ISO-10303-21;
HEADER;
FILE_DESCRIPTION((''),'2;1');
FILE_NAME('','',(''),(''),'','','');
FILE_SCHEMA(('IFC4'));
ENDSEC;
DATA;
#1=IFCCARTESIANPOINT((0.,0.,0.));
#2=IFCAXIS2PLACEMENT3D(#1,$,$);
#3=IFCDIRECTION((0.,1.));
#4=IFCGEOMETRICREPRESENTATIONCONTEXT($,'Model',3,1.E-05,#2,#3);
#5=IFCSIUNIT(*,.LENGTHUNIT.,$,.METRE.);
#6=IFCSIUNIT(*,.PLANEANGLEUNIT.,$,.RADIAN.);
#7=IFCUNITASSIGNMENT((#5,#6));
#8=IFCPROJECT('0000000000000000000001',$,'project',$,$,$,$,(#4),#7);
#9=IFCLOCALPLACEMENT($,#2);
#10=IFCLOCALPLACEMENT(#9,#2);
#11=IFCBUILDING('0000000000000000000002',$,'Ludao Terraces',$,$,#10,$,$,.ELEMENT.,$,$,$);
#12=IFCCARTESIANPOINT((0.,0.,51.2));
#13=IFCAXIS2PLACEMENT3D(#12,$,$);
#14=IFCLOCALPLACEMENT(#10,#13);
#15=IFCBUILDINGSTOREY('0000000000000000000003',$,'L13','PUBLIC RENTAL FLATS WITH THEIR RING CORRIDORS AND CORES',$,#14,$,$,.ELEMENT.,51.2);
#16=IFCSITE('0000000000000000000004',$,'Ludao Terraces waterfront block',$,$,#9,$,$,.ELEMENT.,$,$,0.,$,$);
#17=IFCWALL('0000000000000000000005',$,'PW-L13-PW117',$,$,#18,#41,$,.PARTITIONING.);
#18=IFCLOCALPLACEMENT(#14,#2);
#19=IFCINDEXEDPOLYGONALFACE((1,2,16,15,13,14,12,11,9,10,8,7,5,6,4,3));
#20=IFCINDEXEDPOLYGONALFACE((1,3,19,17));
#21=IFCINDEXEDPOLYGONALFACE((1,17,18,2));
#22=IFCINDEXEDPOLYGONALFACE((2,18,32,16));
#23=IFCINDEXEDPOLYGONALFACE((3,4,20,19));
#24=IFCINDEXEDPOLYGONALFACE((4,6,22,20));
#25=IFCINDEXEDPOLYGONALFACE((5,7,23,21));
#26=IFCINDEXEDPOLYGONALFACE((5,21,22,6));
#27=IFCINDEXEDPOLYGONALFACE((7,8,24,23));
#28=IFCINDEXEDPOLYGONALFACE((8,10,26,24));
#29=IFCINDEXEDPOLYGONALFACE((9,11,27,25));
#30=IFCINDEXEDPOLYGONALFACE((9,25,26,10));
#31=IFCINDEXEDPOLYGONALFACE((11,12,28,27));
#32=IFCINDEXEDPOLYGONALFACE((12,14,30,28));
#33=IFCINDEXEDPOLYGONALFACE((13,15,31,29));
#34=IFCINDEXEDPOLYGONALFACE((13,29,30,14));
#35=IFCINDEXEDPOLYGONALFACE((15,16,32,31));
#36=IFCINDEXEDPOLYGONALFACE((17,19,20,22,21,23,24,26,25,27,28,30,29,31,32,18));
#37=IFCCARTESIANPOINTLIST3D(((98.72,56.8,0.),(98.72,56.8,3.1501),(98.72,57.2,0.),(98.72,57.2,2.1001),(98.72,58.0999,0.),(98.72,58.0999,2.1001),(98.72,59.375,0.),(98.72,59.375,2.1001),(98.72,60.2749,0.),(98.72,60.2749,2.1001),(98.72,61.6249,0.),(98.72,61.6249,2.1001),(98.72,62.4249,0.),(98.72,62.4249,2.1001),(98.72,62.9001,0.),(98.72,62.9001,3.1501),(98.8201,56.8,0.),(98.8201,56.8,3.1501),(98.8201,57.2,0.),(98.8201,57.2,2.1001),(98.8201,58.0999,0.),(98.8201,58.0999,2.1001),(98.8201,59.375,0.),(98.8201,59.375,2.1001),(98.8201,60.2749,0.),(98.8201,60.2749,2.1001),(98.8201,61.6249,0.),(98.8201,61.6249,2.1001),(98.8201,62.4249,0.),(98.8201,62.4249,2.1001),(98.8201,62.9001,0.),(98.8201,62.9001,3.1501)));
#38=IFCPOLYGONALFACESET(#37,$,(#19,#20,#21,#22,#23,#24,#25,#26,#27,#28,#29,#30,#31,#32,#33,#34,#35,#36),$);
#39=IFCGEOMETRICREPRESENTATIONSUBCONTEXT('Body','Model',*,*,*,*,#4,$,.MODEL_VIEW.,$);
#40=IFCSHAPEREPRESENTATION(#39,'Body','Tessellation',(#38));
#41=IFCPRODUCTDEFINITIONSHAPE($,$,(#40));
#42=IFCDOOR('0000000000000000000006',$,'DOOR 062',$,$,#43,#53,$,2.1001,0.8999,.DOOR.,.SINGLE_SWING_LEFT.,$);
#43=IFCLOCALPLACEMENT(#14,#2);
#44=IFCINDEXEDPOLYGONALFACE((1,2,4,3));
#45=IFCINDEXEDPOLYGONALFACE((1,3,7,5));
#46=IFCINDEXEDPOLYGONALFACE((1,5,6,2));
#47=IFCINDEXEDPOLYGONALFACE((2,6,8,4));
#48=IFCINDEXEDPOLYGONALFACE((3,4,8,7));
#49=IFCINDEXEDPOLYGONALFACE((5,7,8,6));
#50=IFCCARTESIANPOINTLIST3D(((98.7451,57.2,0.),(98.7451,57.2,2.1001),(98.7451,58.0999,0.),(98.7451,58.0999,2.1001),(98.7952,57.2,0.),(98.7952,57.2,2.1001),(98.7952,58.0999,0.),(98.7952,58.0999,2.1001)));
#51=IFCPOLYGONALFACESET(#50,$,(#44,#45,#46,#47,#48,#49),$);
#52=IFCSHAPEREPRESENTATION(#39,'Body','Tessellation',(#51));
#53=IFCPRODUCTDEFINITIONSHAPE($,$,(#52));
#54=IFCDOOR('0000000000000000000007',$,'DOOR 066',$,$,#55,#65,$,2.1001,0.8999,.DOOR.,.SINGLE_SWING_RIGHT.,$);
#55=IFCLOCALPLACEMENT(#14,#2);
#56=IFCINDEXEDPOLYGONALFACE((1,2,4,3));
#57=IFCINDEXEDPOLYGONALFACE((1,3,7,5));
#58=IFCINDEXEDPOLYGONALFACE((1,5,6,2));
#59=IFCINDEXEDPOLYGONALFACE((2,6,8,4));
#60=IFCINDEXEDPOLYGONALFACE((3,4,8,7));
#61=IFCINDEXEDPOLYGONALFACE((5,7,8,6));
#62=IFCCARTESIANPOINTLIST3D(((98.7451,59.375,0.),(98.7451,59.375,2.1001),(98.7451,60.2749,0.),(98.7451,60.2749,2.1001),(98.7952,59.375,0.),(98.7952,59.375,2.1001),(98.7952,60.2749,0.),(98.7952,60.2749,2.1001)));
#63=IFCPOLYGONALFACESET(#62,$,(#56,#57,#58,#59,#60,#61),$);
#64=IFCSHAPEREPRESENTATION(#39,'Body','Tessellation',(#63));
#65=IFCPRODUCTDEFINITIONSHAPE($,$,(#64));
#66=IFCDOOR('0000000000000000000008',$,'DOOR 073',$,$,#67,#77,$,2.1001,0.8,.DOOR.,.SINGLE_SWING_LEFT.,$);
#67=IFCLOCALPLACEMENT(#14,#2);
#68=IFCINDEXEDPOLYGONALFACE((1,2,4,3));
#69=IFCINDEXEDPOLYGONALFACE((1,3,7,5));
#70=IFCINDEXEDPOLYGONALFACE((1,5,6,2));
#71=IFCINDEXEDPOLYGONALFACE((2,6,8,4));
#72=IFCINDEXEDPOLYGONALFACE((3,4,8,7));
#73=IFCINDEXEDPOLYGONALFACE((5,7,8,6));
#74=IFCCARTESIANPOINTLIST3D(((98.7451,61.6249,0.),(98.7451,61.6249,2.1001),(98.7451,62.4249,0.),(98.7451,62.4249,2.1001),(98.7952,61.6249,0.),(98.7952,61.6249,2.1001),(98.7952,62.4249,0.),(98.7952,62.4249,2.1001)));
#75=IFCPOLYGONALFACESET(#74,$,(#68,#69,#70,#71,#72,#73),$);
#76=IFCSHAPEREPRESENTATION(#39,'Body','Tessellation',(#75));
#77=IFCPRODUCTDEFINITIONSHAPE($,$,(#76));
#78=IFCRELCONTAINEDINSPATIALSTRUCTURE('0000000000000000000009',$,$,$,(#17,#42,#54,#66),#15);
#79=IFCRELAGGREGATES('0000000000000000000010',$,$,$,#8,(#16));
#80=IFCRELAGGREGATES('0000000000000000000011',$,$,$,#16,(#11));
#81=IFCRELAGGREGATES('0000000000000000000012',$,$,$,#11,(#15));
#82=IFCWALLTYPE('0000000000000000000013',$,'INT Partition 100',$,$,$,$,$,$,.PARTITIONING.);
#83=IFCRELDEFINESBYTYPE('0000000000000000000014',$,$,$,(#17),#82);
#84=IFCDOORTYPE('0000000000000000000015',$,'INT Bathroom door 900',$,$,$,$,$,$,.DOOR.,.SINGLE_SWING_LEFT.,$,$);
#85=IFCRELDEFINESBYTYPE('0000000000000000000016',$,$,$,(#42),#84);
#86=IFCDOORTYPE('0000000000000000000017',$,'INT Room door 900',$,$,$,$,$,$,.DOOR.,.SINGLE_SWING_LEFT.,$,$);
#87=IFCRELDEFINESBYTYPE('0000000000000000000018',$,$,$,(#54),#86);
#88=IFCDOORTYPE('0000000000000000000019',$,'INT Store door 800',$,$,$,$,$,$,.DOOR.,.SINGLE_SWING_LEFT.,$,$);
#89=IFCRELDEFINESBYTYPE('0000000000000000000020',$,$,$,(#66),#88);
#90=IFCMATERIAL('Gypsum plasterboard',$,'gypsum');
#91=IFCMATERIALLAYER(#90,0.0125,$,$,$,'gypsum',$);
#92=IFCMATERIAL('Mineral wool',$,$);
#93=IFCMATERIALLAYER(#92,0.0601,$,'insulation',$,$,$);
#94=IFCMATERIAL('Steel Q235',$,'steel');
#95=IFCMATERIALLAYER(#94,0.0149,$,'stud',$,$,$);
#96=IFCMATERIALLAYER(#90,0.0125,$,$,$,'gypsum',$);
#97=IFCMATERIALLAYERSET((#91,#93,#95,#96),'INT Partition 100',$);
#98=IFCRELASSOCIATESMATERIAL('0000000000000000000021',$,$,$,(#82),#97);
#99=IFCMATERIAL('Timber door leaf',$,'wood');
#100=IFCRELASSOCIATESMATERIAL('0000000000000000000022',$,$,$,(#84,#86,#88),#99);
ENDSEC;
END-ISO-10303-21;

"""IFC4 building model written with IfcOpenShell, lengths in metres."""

from ifc_helpers import new_model, si_unit, direction, frame, frame_2d, origin, place, context, subcontext, project, spatial, rectangle, extrude, material, layer, layer_set, type_object, element, fill, save


model = new_model("IFC4")

# Units and contexts
model_context = context("Model", 3, precision=1e-05, world=origin(), true_north=direction((0.0, 1.0)))
body_context = subcontext(model_context, "Body", "Model", "MODEL_VIEW")
ifc_project = project(units=[si_unit("LENGTHUNIT", "METRE"), si_unit("PLANEANGLEUNIT", "RADIAN")], contexts=[model_context])

# Site, building, storey
site_placement = place(None, origin())
site = spatial("IfcSite", under=ifc_project, at=site_placement, Name="Ludao Terraces waterfront block", CompositionType="ELEMENT", RefElevation=0.0)
building_placement = place(site_placement, origin())
building = spatial("IfcBuilding", under=site, at=building_placement, Name="Ludao Terraces", CompositionType="ELEMENT")
storey_placement = place(building_placement, frame((0.0, 0.0, 51.2)))
storey = spatial("IfcBuildingStorey", under=building, at=storey_placement, Name="L13", Description="PUBLIC RENTAL FLATS WITH THEIR RING CORRIDORS AND CORES", CompositionType="ELEMENT", Elevation=51.2)

# Shared definitions
ifc_material_1 = material(Name="Steel Q235", Category="steel")

# Shared definitions
ifc_material_2 = material(Name="Gypsum plasterboard", Category="gypsum")
ifc_layer_1 = layer(ifc_material_2, 0.0125, Category="gypsum")
ifc_material_3 = material(Name="Mineral wool")
ifc_layer_2 = layer(ifc_material_3, 0.0601, Name="insulation")
ifc_layer_3 = layer(ifc_material_1, 0.0149, Name="stud")
ifc_layer_4 = layer(ifc_material_2, 0.0125, Category="gypsum")
ifc_layer_set_1 = layer_set([ifc_layer_1, ifc_layer_2, ifc_layer_3, ifc_layer_4], Name="INT Partition 100")
wall_type_1 = type_object("IfcWallType", Name="INT Partition 100", PredefinedType="PARTITIONING", material=ifc_layer_set_1)

# Wall, openings, doors
wall_1_placement = place(storey_placement, frame((98.77, 56.8, 0.0), z_axis=(0.0, 0.0, 1.0), x_axis=(0.0, 1.0, 0.0)))
wall_1 = element("IfcWall", 1, at=wall_1_placement, inside=storey, type_object=wall_type_1, Name="PW-L13-PW117", PredefinedType="PARTITIONING", context=body_context, shape_type="SweptSolid", body=[
    extrude(rectangle(XDim=6.1001, YDim=0.1001, at=frame_2d((3.05, 0.0))), origin(), (0.0, 0.0, 1.0), 3.1501),
])
opening_1_placement = place(wall_1_placement, frame((0.3999, 0.0, 0.0)))
opening_1 = element("IfcOpeningElement", 2, at=opening_1_placement, cuts=wall_1, PredefinedType="OPENING", context=body_context, shape_type="SweptSolid", body=[
    extrude(rectangle(XDim=0.8999, YDim=2.1001, at=frame_2d((0.45, 1.05))), frame((0.0, 0.0601, 0.0), z_axis=(0.0, -1.0, 0.0), x_axis=(1.0, 0.0, 0.0)), (0.0, 0.0, 1.0), 0.1201),
])
opening_2_placement = place(wall_1_placement, frame((2.575, 0.0, 0.0)))
opening_2 = element("IfcOpeningElement", 3, at=opening_2_placement, cuts=wall_1, PredefinedType="OPENING", context=body_context, shape_type="SweptSolid", body=[
    extrude(rectangle(XDim=0.8999, YDim=2.1001, at=frame_2d((0.45, 1.05))), frame((0.0, 0.0601, 0.0), z_axis=(0.0, -1.0, 0.0), x_axis=(1.0, 0.0, 0.0)), (0.0, 0.0, 1.0), 0.1201),
])
opening_3_placement = place(wall_1_placement, frame((4.825, 0.0, 0.0)))
opening_3 = element("IfcOpeningElement", 4, at=opening_3_placement, cuts=wall_1, PredefinedType="OPENING", context=body_context, shape_type="SweptSolid", body=[
    extrude(rectangle(XDim=0.8, YDim=2.1001, at=frame_2d((0.3999, 1.05))), frame((0.0, 0.0601, 0.0), z_axis=(0.0, -1.0, 0.0), x_axis=(1.0, 0.0, 0.0)), (0.0, 0.0, 1.0), 0.1201),
])
ifc_material_4 = material(Name="Timber door leaf", Category="wood")
door_type_1 = type_object("IfcDoorType", Name="INT Bathroom door 900", OperationType="SINGLE_SWING_LEFT", PredefinedType="DOOR", material=ifc_material_4)
door_1_placement = place(opening_1_placement, origin())
door_1 = element("IfcDoor", 5, at=door_1_placement, inside=storey, type_object=door_type_1, Name="DOOR 062", OperationType="SINGLE_SWING_LEFT", OverallHeight=2.1001, OverallWidth=0.8999, PredefinedType="DOOR", context=body_context, shape_type="SweptSolid", body=[
    extrude(rectangle(XDim=0.8999, YDim=2.1001, at=frame_2d((0.45, 1.05))), frame((0.0, 0.0249, 0.0), z_axis=(0.0, -1.0, 0.0), x_axis=(1.0, 0.0, 0.0)), (0.0, 0.0, 1.0), 0.05),
])
fill(opening_1, door_1)
door_type_2 = type_object("IfcDoorType", Name="INT Room door 900", OperationType="SINGLE_SWING_LEFT", PredefinedType="DOOR", material=ifc_material_4)
door_2_placement = place(opening_2_placement, origin())
door_2 = element("IfcDoor", 6, at=door_2_placement, inside=storey, type_object=door_type_2, Name="DOOR 066", OperationType="SINGLE_SWING_RIGHT", OverallHeight=2.1001, OverallWidth=0.8999, PredefinedType="DOOR", context=body_context, shape_type="SweptSolid", body=[
    extrude(rectangle(XDim=0.8999, YDim=2.1001, at=frame_2d((0.45, 1.05))), frame((0.0, 0.0249, 0.0), z_axis=(0.0, -1.0, 0.0), x_axis=(1.0, 0.0, 0.0)), (0.0, 0.0, 1.0), 0.05),
])
fill(opening_2, door_2)
door_type_3 = type_object("IfcDoorType", Name="INT Store door 800", OperationType="SINGLE_SWING_LEFT", PredefinedType="DOOR", material=ifc_material_4)
door_3_placement = place(opening_3_placement, origin())
door_3 = element("IfcDoor", 7, at=door_3_placement, inside=storey, type_object=door_type_3, Name="DOOR 073", OperationType="SINGLE_SWING_LEFT", OverallHeight=2.1001, OverallWidth=0.8, PredefinedType="DOOR", context=body_context, shape_type="SweptSolid", body=[
    extrude(rectangle(XDim=0.8, YDim=2.1001, at=frame_2d((0.3999, 1.05))), frame((0.0, 0.0249, 0.0), z_axis=(0.0, -1.0, 0.0), x_axis=(1.0, 0.0, 0.0)), (0.0, 0.0, 1.0), 0.05),
])
fill(opening_3, door_3)

save(model, "model.ifc")
